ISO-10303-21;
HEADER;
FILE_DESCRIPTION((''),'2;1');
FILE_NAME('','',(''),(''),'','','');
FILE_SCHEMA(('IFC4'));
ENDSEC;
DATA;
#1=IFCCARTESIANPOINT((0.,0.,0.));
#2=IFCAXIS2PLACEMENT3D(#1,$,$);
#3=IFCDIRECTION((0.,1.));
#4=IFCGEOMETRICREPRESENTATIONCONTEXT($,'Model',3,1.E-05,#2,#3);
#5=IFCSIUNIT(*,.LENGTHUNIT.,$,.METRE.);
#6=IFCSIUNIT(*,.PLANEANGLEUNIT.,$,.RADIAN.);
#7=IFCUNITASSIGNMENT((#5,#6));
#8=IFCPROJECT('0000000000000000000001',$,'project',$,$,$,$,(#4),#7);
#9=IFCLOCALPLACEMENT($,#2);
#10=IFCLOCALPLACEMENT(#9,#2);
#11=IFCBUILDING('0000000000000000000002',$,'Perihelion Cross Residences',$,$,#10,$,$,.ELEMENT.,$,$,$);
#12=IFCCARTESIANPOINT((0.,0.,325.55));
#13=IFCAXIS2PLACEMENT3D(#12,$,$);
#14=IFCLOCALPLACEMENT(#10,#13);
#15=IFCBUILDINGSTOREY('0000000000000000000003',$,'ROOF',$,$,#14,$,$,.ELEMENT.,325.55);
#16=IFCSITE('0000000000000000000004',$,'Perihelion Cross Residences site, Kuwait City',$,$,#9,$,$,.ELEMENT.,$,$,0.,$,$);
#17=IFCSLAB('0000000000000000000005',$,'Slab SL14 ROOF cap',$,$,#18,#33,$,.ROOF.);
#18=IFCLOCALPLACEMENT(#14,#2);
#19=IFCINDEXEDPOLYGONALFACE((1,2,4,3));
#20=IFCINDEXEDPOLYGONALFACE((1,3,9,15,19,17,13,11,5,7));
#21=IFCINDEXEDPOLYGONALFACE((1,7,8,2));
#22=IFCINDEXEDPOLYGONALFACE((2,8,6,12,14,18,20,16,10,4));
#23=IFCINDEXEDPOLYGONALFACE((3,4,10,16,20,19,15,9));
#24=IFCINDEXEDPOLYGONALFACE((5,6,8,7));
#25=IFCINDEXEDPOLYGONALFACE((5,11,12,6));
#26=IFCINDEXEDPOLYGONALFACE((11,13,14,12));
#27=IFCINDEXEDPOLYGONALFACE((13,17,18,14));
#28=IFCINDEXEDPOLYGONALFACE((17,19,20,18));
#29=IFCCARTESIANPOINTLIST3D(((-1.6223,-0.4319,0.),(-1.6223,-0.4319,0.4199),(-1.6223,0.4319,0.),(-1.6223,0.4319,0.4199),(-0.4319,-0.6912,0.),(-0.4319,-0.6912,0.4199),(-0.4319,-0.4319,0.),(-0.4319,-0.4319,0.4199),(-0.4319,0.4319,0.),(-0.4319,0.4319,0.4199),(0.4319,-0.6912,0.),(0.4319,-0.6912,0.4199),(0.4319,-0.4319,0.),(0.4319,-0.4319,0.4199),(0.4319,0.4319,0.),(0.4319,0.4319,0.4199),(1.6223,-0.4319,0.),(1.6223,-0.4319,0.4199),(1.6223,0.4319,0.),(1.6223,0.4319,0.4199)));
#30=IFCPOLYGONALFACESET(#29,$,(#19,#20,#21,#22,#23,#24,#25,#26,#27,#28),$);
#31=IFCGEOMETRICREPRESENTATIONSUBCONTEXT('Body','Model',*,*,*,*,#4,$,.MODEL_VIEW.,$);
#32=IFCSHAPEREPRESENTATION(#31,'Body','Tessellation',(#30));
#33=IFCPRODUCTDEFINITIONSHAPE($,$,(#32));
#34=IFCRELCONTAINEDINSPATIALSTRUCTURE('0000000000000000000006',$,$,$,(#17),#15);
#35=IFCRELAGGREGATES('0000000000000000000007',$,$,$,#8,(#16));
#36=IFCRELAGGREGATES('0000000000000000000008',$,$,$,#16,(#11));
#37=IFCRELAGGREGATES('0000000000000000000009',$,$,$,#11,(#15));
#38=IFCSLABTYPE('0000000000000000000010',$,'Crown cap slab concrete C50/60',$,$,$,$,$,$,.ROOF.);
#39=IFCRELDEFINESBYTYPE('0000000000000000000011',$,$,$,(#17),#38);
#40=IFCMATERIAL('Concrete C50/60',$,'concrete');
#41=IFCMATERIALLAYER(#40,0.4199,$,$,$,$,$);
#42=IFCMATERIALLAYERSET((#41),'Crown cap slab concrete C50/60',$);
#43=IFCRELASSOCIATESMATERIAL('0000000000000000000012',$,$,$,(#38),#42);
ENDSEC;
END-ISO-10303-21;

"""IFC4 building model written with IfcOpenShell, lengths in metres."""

from ifc_helpers import new_model, si_unit, direction, frame, origin, place, context, subcontext, project, spatial, polyline, outline, extrude, material, layer, layer_set, type_object, element, save


model = new_model("IFC4")

# Units and contexts
model_context = context("Model", 3, precision=1e-05, world=origin(), true_north=direction((0.0, 1.0)))
body_context = subcontext(model_context, "Body", "Model", "MODEL_VIEW")
ifc_project = project(units=[si_unit("LENGTHUNIT", "METRE"), si_unit("PLANEANGLEUNIT", "RADIAN")], contexts=[model_context])

# Site, building, storey
site_placement = place(None, origin())
site = spatial("IfcSite", under=ifc_project, at=site_placement, Name="Perihelion Cross Residences site, Kuwait City", CompositionType="ELEMENT", RefElevation=0.0)
building_placement = place(site_placement, origin())
building = spatial("IfcBuilding", under=site, at=building_placement, Name="Perihelion Cross Residences", CompositionType="ELEMENT")
storey_placement = place(building_placement, frame((0.0, 0.0, 325.55)))
storey = spatial("IfcBuildingStorey", under=building, at=storey_placement, Name="ROOF", CompositionType="ELEMENT", Elevation=325.55)

# Slab
ifc_material = material(Name="Concrete C50/60", Category="concrete")
ifc_layer = layer(ifc_material, 0.4199)
ifc_layer_set = layer_set([ifc_layer], Name="Crown cap slab concrete C50/60")
slab_type = type_object("IfcSlabType", Name="Crown cap slab concrete C50/60", PredefinedType="ROOF", material=ifc_layer_set)
slab_placement = place(storey_placement, origin())
element("IfcSlab", 1, at=slab_placement, inside=storey, type_object=slab_type, Name="Slab SL14 ROOF cap", PredefinedType="ROOF", context=body_context, shape_type="SweptSolid", body=[
    extrude(outline(polyline([(1.6223, -0.4319), (1.6223, 0.4319), (0.4319, 0.4319), (-0.4319, 0.4319), (-1.6223, 0.4319), (-1.6223, -0.4319), (-0.4319, -0.4319), (-0.4319, -0.6912), (0.4319, -0.6912), (0.4319, -0.4319), (1.6223, -0.4319)])), origin(), (0.0, 0.0, 1.0), 0.4199),
])

save(model, "model.ifc")
